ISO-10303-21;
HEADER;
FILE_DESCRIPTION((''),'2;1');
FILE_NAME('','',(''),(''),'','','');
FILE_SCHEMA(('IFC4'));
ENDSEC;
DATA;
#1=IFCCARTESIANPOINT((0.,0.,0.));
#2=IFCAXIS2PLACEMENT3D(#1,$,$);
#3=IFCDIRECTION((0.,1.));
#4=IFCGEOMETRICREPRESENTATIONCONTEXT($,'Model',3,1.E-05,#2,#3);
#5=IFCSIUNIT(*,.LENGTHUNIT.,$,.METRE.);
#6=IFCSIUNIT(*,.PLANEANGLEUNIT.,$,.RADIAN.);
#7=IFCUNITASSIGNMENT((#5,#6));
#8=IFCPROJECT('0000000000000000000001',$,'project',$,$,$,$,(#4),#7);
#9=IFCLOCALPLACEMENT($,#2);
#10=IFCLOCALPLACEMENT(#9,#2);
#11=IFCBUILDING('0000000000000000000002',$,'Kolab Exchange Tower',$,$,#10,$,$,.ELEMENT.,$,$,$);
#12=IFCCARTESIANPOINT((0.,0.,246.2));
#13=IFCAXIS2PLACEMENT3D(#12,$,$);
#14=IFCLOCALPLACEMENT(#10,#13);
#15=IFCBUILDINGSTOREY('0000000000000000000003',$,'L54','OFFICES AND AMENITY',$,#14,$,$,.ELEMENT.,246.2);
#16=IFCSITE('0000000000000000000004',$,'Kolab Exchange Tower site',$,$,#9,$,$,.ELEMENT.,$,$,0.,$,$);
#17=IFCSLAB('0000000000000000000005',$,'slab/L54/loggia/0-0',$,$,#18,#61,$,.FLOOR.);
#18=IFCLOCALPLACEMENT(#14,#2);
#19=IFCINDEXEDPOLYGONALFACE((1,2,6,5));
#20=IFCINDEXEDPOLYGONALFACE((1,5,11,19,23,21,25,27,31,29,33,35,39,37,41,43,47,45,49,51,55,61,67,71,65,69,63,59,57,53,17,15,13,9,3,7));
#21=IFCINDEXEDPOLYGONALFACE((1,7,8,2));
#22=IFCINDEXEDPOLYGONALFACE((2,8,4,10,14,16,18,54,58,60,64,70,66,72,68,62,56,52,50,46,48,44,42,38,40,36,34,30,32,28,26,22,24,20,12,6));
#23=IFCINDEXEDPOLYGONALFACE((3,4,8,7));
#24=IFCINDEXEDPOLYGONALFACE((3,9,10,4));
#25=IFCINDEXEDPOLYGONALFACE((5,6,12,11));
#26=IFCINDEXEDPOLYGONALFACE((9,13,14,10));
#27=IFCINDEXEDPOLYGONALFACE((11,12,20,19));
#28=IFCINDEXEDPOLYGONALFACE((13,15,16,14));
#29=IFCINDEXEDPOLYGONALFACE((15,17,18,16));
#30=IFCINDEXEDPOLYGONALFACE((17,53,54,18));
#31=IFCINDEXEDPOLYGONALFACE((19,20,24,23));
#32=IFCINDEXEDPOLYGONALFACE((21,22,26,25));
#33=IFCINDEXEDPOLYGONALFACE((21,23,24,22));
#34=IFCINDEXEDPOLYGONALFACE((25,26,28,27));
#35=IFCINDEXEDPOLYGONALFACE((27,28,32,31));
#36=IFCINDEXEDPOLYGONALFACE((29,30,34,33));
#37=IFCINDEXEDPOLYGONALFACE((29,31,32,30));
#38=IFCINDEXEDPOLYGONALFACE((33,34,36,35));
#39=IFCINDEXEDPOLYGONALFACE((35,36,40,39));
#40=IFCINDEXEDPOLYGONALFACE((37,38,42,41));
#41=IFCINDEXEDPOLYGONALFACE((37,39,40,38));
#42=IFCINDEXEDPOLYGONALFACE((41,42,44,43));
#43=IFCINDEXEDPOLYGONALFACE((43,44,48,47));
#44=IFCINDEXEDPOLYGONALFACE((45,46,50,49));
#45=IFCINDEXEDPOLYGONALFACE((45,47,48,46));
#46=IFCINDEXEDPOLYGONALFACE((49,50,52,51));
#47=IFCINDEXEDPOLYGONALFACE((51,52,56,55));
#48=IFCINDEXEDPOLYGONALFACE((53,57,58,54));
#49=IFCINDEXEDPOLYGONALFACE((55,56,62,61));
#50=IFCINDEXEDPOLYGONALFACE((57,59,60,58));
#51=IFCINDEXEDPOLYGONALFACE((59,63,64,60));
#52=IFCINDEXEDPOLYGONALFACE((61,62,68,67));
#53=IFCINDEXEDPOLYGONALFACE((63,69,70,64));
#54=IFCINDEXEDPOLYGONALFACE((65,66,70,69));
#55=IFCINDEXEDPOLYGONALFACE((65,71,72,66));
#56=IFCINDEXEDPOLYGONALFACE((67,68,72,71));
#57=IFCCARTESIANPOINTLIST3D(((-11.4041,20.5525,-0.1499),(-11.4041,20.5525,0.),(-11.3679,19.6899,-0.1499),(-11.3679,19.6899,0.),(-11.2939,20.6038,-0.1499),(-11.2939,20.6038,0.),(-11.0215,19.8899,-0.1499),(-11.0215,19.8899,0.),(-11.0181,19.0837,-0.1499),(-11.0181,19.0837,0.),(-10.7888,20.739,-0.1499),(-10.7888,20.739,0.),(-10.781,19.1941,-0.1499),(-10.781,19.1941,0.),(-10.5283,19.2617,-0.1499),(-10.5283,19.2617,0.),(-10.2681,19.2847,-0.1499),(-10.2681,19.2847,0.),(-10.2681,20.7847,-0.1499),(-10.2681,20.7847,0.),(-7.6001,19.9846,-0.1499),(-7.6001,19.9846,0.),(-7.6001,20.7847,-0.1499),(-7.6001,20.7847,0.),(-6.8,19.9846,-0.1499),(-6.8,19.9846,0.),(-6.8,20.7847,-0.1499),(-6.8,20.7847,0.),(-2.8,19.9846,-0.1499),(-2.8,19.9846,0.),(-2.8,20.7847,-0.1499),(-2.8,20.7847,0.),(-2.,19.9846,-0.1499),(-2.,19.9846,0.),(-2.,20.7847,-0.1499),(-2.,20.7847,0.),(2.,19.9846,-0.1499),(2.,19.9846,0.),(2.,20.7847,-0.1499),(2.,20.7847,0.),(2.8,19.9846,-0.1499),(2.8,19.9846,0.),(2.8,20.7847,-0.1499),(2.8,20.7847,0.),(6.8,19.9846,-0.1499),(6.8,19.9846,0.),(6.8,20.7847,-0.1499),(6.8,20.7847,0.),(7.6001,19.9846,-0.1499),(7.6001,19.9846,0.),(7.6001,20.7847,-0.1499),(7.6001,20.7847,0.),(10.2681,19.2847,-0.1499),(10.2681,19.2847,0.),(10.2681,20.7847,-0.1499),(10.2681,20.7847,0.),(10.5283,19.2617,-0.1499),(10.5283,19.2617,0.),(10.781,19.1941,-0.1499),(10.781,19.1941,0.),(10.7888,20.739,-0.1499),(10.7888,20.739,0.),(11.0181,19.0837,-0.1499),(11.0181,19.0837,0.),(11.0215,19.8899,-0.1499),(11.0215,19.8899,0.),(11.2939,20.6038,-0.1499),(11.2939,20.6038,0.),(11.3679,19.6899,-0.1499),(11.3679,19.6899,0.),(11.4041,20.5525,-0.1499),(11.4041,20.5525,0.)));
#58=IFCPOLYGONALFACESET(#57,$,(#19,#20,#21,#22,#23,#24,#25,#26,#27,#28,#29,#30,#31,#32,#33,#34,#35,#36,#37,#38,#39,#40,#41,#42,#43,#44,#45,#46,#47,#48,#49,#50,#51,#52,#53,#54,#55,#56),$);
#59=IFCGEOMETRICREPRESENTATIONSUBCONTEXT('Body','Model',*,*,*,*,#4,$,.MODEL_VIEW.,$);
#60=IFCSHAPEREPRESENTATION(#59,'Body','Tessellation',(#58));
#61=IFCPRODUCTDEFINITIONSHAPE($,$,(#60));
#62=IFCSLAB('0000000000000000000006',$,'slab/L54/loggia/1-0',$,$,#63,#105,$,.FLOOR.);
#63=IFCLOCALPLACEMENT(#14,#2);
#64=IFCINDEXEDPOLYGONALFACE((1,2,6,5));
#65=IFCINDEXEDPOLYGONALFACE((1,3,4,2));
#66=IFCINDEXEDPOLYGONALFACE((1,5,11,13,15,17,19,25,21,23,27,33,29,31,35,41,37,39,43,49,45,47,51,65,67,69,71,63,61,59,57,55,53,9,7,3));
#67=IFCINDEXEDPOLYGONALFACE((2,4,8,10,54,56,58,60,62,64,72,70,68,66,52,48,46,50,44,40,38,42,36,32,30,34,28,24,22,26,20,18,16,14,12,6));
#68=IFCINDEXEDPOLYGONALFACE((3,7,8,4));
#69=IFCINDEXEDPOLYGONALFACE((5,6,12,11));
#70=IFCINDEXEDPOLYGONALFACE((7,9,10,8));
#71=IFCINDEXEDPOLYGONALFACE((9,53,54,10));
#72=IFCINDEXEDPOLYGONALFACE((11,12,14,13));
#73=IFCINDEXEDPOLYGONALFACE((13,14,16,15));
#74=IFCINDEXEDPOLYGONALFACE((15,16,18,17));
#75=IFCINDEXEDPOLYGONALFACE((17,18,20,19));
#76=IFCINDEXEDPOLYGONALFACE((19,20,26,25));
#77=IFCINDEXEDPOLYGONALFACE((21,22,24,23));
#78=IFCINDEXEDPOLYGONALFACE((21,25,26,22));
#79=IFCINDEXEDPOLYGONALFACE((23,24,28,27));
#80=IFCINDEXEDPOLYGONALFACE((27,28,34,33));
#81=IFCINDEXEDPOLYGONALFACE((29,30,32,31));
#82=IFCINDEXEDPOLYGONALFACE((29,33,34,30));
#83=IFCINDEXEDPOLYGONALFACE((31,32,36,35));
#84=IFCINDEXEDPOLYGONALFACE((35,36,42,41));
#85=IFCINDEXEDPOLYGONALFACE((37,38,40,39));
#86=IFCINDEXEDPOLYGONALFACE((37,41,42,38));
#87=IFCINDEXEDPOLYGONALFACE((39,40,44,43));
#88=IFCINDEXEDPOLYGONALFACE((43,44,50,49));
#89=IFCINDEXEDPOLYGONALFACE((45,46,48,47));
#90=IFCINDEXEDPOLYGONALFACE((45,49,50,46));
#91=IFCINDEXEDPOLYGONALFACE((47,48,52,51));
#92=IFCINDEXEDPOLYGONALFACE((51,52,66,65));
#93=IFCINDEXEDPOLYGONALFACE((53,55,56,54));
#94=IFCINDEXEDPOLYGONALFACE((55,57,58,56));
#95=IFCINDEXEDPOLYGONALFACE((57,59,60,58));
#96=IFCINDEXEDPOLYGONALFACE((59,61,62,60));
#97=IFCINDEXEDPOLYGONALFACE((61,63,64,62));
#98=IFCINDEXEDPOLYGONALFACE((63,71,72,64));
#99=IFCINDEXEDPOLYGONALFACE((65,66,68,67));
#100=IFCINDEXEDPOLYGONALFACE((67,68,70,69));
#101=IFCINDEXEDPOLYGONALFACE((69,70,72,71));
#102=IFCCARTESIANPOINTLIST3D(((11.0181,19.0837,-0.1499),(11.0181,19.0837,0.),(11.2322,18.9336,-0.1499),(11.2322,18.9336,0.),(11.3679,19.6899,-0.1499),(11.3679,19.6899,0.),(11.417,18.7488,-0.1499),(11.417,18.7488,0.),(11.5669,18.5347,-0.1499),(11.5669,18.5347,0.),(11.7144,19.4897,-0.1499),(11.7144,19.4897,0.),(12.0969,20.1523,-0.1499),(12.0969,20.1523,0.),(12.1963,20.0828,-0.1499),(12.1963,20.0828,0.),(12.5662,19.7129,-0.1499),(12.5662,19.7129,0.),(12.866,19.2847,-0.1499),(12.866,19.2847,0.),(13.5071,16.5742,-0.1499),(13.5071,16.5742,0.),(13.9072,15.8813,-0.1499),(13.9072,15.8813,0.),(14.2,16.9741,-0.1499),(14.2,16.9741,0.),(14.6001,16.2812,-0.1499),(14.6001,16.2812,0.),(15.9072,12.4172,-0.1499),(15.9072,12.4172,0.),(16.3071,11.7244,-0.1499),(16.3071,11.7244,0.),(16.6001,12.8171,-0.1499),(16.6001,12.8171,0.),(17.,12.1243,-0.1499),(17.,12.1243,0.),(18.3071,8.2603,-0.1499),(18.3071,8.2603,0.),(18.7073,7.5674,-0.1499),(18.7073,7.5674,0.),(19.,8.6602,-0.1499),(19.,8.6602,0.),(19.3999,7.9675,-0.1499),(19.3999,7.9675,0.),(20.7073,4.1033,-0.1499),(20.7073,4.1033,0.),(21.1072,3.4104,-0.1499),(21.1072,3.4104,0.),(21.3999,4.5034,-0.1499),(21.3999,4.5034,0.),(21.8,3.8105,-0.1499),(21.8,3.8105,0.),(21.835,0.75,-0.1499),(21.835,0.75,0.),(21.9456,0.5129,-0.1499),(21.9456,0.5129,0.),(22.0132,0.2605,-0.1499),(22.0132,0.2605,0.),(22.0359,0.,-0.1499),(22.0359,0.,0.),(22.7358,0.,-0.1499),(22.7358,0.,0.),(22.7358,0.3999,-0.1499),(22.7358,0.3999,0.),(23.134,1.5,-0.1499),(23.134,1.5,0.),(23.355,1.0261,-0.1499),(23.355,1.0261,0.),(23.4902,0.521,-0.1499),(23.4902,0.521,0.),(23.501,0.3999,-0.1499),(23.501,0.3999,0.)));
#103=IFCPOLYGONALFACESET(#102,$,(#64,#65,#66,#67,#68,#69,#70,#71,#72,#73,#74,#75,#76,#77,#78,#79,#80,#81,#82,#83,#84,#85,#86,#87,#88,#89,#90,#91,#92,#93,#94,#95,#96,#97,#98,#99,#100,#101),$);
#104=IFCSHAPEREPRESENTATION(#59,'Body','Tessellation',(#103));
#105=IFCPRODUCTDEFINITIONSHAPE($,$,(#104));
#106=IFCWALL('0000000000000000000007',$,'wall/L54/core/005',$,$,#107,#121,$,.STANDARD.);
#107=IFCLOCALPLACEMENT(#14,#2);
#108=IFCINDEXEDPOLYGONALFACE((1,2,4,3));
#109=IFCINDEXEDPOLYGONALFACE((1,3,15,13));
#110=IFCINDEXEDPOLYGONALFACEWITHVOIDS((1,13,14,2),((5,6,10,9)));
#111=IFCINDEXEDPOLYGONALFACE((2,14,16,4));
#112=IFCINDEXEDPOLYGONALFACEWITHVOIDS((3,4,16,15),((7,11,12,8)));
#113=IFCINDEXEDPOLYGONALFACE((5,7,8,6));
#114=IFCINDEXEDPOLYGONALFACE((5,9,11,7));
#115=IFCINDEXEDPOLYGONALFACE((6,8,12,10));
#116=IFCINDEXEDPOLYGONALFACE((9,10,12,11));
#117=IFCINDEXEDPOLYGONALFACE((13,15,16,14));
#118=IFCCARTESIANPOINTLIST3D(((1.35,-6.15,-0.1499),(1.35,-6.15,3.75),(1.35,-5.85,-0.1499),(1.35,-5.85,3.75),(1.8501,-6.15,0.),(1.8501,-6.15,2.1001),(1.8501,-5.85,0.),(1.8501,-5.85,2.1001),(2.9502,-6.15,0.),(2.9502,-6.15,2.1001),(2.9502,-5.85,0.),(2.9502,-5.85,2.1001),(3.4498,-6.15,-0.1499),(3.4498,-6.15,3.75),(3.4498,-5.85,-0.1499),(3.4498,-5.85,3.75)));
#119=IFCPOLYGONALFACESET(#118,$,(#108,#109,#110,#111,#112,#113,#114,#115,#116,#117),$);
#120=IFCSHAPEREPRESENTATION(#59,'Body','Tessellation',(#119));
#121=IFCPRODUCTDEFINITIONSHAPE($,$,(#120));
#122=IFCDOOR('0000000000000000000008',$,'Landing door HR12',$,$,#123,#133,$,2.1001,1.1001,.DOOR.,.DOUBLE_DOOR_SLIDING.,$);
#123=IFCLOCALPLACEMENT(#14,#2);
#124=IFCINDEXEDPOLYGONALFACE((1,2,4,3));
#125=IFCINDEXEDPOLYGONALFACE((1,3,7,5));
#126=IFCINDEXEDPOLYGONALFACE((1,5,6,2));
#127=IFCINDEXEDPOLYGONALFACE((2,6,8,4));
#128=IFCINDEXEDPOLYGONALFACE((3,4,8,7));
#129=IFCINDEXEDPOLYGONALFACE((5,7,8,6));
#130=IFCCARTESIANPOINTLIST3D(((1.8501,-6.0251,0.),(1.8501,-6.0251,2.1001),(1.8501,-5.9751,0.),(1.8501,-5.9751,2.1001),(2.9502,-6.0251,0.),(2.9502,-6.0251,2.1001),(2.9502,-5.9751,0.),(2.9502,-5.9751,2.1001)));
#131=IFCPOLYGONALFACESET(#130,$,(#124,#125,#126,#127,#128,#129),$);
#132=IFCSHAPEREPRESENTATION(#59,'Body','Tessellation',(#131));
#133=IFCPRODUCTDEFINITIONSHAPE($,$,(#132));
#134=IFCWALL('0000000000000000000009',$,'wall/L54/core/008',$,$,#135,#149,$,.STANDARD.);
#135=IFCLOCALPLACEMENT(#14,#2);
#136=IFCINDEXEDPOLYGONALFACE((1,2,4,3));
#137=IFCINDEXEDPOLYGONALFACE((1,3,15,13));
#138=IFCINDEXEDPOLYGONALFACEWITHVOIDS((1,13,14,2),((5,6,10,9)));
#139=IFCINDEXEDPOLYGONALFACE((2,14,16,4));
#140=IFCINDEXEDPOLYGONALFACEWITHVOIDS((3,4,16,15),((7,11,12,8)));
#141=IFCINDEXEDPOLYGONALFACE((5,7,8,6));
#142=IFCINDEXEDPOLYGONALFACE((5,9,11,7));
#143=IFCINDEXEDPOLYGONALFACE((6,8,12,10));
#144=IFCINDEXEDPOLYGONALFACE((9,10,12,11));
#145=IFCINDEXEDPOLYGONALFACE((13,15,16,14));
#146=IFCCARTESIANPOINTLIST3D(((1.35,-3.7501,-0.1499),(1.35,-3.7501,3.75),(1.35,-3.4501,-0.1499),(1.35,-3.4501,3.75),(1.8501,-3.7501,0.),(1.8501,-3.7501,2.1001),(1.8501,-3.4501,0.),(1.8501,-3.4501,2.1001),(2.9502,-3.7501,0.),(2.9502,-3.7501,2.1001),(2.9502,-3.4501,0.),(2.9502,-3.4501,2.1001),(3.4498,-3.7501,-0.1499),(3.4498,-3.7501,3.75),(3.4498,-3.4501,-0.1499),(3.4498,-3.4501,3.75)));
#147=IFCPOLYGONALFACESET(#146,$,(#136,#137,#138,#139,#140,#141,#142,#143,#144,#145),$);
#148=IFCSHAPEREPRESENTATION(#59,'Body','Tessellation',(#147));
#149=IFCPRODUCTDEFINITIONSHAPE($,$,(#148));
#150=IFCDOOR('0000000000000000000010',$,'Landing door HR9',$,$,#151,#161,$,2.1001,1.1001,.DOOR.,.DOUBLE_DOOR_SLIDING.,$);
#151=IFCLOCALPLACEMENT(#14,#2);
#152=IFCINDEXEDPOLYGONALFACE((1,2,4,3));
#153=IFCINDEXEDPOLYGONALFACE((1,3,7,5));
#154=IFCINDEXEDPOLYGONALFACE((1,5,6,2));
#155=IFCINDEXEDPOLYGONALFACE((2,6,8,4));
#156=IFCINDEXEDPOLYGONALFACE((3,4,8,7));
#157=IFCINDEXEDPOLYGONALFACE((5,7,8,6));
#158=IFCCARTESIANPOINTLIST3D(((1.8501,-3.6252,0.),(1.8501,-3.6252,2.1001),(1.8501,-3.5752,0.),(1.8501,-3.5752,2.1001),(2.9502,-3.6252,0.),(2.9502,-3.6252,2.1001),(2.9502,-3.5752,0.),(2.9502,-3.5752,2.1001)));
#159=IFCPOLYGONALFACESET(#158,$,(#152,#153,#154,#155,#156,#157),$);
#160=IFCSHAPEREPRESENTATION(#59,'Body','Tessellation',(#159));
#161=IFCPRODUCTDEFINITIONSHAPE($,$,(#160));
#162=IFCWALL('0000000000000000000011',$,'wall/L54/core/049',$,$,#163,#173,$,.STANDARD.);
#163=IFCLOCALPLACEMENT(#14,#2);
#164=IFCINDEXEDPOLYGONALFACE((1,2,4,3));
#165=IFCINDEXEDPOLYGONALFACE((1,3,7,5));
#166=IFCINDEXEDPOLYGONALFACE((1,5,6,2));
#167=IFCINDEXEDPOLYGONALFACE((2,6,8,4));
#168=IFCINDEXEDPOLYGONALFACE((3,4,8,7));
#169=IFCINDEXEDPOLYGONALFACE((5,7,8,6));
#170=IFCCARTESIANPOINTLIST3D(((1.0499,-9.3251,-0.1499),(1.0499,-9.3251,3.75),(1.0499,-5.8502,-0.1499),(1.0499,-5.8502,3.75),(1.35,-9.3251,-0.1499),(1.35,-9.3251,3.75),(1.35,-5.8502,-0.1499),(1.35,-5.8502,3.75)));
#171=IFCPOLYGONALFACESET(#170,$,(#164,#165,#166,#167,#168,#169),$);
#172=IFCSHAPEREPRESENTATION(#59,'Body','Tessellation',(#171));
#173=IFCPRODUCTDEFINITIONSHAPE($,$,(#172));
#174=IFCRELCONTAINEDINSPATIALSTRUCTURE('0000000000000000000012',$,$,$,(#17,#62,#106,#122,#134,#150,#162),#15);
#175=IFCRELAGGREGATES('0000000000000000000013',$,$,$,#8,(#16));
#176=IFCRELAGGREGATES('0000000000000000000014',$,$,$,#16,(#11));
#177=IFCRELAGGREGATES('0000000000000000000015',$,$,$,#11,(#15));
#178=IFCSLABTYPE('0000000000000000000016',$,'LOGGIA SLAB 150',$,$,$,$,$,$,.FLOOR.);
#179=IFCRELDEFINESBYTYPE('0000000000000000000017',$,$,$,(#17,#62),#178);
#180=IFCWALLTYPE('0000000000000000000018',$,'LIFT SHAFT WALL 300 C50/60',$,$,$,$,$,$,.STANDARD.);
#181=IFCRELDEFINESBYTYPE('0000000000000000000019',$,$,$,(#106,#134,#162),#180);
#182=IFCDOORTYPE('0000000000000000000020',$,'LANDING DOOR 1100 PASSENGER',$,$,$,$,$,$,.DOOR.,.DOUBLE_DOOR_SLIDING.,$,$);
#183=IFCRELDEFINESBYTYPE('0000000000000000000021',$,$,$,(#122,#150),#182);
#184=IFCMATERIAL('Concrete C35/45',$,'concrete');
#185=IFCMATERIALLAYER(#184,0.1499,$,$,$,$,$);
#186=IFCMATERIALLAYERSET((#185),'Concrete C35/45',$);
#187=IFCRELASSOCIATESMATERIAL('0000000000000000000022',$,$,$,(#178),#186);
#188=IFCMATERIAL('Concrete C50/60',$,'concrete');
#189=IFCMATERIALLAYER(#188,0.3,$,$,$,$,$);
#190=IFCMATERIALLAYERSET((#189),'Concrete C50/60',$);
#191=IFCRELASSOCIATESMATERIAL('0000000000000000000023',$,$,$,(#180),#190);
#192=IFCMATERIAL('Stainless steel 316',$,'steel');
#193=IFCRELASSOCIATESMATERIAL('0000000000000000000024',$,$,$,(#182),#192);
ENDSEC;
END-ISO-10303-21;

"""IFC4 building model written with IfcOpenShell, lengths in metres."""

from ifc_helpers import new_model, si_unit, direction, frame, frame_2d, origin, place, context, subcontext, project, spatial, polyline, rectangle, outline, extrude, material, layer, layer_set, type_object, element, fill, save


model = new_model("IFC4")

# Units and contexts
model_context = context("Model", 3, precision=1e-05, world=origin(), true_north=direction((0.0, 1.0)))
body_context = subcontext(model_context, "Body", "Model", "MODEL_VIEW")
ifc_project = project(units=[si_unit("LENGTHUNIT", "METRE"), si_unit("PLANEANGLEUNIT", "RADIAN")], contexts=[model_context])

# Site, building, storey
site_placement = place(None, origin())
site = spatial("IfcSite", under=ifc_project, at=site_placement, Name="Kolab Exchange Tower site", CompositionType="ELEMENT", RefElevation=0.0)
building_placement = place(site_placement, origin())
building = spatial("IfcBuilding", under=site, at=building_placement, Name="Kolab Exchange Tower", CompositionType="ELEMENT")
storey_placement = place(building_placement, frame((0.0, 0.0, 246.2)))
storey = spatial("IfcBuildingStorey", under=building, at=storey_placement, Name="L54", Description="OFFICES AND AMENITY", CompositionType="ELEMENT", Elevation=246.2)

# Slabs
ifc_material_1 = material(Name="Concrete C35/45", Category="concrete")
ifc_layer_1 = layer(ifc_material_1, 0.1499)
ifc_layer_set_1 = layer_set([ifc_layer_1], Name="Concrete C35/45")
slab_type_1 = type_object("IfcSlabType", Name="LOGGIA SLAB 150", PredefinedType="FLOOR", material=ifc_layer_set_1)
slab_1_placement = place(storey_placement, frame((0.0, 0.0, -0.1499)))
element("IfcSlab", 1, at=slab_1_placement, inside=storey, type_object=slab_type_1, Name="slab/L54/loggia/0-0", PredefinedType="FLOOR", context=body_context, shape_type="SweptSolid", body=[
    extrude(outline(polyline([(11.0181, 19.0837), (11.3679, 19.6899), (11.0215, 19.8899), (11.4041, 20.5525), (11.2939, 20.6038), (10.7888, 20.739), (10.2681, 20.7847), (7.6001, 20.7847), (7.6001, 19.9846), (6.8, 19.9846), (6.8, 20.7847), (2.8, 20.7847), (2.8, 19.9846), (2.0, 19.9846), (2.0, 20.7847), (-2.0, 20.7847), (-2.0, 19.9846), (-2.8, 19.9846), (-2.8, 20.7847), (-6.8, 20.7847), (-6.8, 19.9846), (-7.6001, 19.9846), (-7.6001, 20.7847), (-10.2681, 20.7847), (-10.7888, 20.739), (-11.2939, 20.6038), (-11.4041, 20.5525), (-11.0215, 19.8899), (-11.3679, 19.6899), (-11.0181, 19.0837), (-10.781, 19.1941), (-10.5283, 19.2617), (-10.2681, 19.2847), (10.2681, 19.2847), (10.5283, 19.2617), (10.781, 19.1941), (11.0181, 19.0837)])), origin(), (0.0, 0.0, 1.0), 0.1499),
])
slab_2_placement = place(storey_placement, frame((0.0, 0.0, -0.1499)))
element("IfcSlab", 2, at=slab_2_placement, inside=storey, type_object=slab_type_1, Name="slab/L54/loggia/1-0", PredefinedType="FLOOR", context=body_context, shape_type="SweptSolid", body=[
    extrude(outline(polyline([(22.0359, 0.0), (22.7358, 0.0), (22.7358, 0.3999), (23.501, 0.3999), (23.4902, 0.521), (23.355, 1.0261), (23.134, 1.5), (21.8, 3.8105), (21.1072, 3.4104), (20.7073, 4.1033), (21.3999, 4.5034), (19.3999, 7.9675), (18.7073, 7.5674), (18.3071, 8.2603), (19.0, 8.6602), (17.0, 12.1243), (16.3071, 11.7244), (15.9072, 12.4172), (16.6001, 12.8171), (14.6001, 16.2812), (13.9072, 15.8813), (13.5071, 16.5742), (14.2, 16.9741), (12.866, 19.2847), (12.5662, 19.7129), (12.1963, 20.0828), (12.0969, 20.1523), (11.7144, 19.4897), (11.3679, 19.6899), (11.0181, 19.0837), (11.2322, 18.9336), (11.417, 18.7488), (11.5669, 18.5347), (21.835, 0.75), (21.9456, 0.5129), (22.0132, 0.2605), (22.0359, 0.0)])), origin(), (0.0, 0.0, 1.0), 0.1499),
])

# Walls, openings, doors
ifc_material_2 = material(Name="Concrete C50/60", Category="concrete")
ifc_layer_2 = layer(ifc_material_2, 0.3)
ifc_layer_set_2 = layer_set([ifc_layer_2], Name="Concrete C50/60")
wall_type_1 = type_object("IfcWallType", Name="LIFT SHAFT WALL 300 C50/60", PredefinedType="STANDARD", material=ifc_layer_set_2)
wall_1_placement = place(storey_placement, frame((1.3501, -6.0, -0.1499), z_axis=(0.0, 0.0, 1.0), x_axis=(1.0, 0.0, 0.0)))
wall_1 = element("IfcWall", 3, at=wall_1_placement, inside=storey, type_object=wall_type_1, Name="wall/L54/core/005", PredefinedType="STANDARD", context=body_context, shape_type="SweptSolid", body=[
    extrude(rectangle(XDim=2.0999, YDim=0.3, at=frame_2d((1.0498, 0.0))), origin(), (0.0, 0.0, 1.0), 3.8999),
])
opening_1_placement = place(wall_1_placement, frame((0.5, 0.0, 0.1499)))
opening_1 = element("IfcOpeningElement", 4, at=opening_1_placement, cuts=wall_1, PredefinedType="OPENING", context=body_context, shape_type="SweptSolid", body=[
    extrude(rectangle(XDim=1.1001, YDim=2.1001, at=frame_2d((0.55, 1.05))), frame((0.0, 0.1602, 0.0), z_axis=(0.0, -1.0, 0.0), x_axis=(1.0, 0.0, 0.0)), (0.0, 0.0, 1.0), 0.3201),
])
ifc_material_3 = material(Name="Stainless steel 316", Category="steel")
door_type_1 = type_object("IfcDoorType", Name="LANDING DOOR 1100 PASSENGER", OperationType="DOUBLE_DOOR_SLIDING", PredefinedType="DOOR", material=ifc_material_3)
door_1_placement = place(opening_1_placement, origin())
door_1 = element("IfcDoor", 5, at=door_1_placement, inside=storey, type_object=door_type_1, Name="Landing door HR12", OperationType="DOUBLE_DOOR_SLIDING", OverallHeight=2.1001, OverallWidth=1.1001, PredefinedType="DOOR", context=body_context, shape_type="SweptSolid", body=[
    extrude(rectangle(XDim=1.1001, YDim=2.1001, at=frame_2d((0.55, 1.05))), frame((0.0, 0.0249, 0.0), z_axis=(0.0, -1.0, 0.0), x_axis=(1.0, 0.0, 0.0)), (0.0, 0.0, 1.0), 0.05),
])
fill(opening_1, door_1)
wall_2_placement = place(storey_placement, frame((1.3501, -3.6001, -0.1499), z_axis=(0.0, 0.0, 1.0), x_axis=(1.0, 0.0, 0.0)))
wall_2 = element("IfcWall", 6, at=wall_2_placement, inside=storey, type_object=wall_type_1, Name="wall/L54/core/008", PredefinedType="STANDARD", context=body_context, shape_type="SweptSolid", body=[
    extrude(rectangle(XDim=2.0999, YDim=0.3, at=frame_2d((1.0498, 0.0))), origin(), (0.0, 0.0, 1.0), 3.8999),
])
opening_2_placement = place(wall_2_placement, frame((0.5, 0.0, 0.1499)))
opening_2 = element("IfcOpeningElement", 7, at=opening_2_placement, cuts=wall_2, PredefinedType="OPENING", context=body_context, shape_type="SweptSolid", body=[
    extrude(rectangle(XDim=1.1001, YDim=2.1001, at=frame_2d((0.55, 1.05))), frame((0.0, 0.1602, 0.0), z_axis=(0.0, -1.0, 0.0), x_axis=(1.0, 0.0, 0.0)), (0.0, 0.0, 1.0), 0.3201),
])
door_2_placement = place(opening_2_placement, origin())
door_2 = element("IfcDoor", 8, at=door_2_placement, inside=storey, type_object=door_type_1, Name="Landing door HR9", OperationType="DOUBLE_DOOR_SLIDING", OverallHeight=2.1001, OverallWidth=1.1001, PredefinedType="DOOR", context=body_context, shape_type="SweptSolid", body=[
    extrude(rectangle(XDim=1.1001, YDim=2.1001, at=frame_2d((0.55, 1.05))), frame((0.0, 0.0249, 0.0), z_axis=(0.0, -1.0, 0.0), x_axis=(1.0, 0.0, 0.0)), (0.0, 0.0, 1.0), 0.05),
])
fill(opening_2, door_2)

# Wall
wall_3_placement = place(storey_placement, frame((1.2, -9.325, -0.1499), z_axis=(0.0, 0.0, 1.0), x_axis=(0.0, 1.0, 0.0)))
element("IfcWall", 9, at=wall_3_placement, inside=storey, type_object=wall_type_1, Name="wall/L54/core/049", PredefinedType="STANDARD", context=body_context, shape_type="SweptSolid", body=[
    extrude(rectangle(XDim=3.4749, YDim=0.3, at=frame_2d((1.7373, 0.0))), origin(), (0.0, 0.0, 1.0), 3.8999),
])

save(model, "model.ifc")
